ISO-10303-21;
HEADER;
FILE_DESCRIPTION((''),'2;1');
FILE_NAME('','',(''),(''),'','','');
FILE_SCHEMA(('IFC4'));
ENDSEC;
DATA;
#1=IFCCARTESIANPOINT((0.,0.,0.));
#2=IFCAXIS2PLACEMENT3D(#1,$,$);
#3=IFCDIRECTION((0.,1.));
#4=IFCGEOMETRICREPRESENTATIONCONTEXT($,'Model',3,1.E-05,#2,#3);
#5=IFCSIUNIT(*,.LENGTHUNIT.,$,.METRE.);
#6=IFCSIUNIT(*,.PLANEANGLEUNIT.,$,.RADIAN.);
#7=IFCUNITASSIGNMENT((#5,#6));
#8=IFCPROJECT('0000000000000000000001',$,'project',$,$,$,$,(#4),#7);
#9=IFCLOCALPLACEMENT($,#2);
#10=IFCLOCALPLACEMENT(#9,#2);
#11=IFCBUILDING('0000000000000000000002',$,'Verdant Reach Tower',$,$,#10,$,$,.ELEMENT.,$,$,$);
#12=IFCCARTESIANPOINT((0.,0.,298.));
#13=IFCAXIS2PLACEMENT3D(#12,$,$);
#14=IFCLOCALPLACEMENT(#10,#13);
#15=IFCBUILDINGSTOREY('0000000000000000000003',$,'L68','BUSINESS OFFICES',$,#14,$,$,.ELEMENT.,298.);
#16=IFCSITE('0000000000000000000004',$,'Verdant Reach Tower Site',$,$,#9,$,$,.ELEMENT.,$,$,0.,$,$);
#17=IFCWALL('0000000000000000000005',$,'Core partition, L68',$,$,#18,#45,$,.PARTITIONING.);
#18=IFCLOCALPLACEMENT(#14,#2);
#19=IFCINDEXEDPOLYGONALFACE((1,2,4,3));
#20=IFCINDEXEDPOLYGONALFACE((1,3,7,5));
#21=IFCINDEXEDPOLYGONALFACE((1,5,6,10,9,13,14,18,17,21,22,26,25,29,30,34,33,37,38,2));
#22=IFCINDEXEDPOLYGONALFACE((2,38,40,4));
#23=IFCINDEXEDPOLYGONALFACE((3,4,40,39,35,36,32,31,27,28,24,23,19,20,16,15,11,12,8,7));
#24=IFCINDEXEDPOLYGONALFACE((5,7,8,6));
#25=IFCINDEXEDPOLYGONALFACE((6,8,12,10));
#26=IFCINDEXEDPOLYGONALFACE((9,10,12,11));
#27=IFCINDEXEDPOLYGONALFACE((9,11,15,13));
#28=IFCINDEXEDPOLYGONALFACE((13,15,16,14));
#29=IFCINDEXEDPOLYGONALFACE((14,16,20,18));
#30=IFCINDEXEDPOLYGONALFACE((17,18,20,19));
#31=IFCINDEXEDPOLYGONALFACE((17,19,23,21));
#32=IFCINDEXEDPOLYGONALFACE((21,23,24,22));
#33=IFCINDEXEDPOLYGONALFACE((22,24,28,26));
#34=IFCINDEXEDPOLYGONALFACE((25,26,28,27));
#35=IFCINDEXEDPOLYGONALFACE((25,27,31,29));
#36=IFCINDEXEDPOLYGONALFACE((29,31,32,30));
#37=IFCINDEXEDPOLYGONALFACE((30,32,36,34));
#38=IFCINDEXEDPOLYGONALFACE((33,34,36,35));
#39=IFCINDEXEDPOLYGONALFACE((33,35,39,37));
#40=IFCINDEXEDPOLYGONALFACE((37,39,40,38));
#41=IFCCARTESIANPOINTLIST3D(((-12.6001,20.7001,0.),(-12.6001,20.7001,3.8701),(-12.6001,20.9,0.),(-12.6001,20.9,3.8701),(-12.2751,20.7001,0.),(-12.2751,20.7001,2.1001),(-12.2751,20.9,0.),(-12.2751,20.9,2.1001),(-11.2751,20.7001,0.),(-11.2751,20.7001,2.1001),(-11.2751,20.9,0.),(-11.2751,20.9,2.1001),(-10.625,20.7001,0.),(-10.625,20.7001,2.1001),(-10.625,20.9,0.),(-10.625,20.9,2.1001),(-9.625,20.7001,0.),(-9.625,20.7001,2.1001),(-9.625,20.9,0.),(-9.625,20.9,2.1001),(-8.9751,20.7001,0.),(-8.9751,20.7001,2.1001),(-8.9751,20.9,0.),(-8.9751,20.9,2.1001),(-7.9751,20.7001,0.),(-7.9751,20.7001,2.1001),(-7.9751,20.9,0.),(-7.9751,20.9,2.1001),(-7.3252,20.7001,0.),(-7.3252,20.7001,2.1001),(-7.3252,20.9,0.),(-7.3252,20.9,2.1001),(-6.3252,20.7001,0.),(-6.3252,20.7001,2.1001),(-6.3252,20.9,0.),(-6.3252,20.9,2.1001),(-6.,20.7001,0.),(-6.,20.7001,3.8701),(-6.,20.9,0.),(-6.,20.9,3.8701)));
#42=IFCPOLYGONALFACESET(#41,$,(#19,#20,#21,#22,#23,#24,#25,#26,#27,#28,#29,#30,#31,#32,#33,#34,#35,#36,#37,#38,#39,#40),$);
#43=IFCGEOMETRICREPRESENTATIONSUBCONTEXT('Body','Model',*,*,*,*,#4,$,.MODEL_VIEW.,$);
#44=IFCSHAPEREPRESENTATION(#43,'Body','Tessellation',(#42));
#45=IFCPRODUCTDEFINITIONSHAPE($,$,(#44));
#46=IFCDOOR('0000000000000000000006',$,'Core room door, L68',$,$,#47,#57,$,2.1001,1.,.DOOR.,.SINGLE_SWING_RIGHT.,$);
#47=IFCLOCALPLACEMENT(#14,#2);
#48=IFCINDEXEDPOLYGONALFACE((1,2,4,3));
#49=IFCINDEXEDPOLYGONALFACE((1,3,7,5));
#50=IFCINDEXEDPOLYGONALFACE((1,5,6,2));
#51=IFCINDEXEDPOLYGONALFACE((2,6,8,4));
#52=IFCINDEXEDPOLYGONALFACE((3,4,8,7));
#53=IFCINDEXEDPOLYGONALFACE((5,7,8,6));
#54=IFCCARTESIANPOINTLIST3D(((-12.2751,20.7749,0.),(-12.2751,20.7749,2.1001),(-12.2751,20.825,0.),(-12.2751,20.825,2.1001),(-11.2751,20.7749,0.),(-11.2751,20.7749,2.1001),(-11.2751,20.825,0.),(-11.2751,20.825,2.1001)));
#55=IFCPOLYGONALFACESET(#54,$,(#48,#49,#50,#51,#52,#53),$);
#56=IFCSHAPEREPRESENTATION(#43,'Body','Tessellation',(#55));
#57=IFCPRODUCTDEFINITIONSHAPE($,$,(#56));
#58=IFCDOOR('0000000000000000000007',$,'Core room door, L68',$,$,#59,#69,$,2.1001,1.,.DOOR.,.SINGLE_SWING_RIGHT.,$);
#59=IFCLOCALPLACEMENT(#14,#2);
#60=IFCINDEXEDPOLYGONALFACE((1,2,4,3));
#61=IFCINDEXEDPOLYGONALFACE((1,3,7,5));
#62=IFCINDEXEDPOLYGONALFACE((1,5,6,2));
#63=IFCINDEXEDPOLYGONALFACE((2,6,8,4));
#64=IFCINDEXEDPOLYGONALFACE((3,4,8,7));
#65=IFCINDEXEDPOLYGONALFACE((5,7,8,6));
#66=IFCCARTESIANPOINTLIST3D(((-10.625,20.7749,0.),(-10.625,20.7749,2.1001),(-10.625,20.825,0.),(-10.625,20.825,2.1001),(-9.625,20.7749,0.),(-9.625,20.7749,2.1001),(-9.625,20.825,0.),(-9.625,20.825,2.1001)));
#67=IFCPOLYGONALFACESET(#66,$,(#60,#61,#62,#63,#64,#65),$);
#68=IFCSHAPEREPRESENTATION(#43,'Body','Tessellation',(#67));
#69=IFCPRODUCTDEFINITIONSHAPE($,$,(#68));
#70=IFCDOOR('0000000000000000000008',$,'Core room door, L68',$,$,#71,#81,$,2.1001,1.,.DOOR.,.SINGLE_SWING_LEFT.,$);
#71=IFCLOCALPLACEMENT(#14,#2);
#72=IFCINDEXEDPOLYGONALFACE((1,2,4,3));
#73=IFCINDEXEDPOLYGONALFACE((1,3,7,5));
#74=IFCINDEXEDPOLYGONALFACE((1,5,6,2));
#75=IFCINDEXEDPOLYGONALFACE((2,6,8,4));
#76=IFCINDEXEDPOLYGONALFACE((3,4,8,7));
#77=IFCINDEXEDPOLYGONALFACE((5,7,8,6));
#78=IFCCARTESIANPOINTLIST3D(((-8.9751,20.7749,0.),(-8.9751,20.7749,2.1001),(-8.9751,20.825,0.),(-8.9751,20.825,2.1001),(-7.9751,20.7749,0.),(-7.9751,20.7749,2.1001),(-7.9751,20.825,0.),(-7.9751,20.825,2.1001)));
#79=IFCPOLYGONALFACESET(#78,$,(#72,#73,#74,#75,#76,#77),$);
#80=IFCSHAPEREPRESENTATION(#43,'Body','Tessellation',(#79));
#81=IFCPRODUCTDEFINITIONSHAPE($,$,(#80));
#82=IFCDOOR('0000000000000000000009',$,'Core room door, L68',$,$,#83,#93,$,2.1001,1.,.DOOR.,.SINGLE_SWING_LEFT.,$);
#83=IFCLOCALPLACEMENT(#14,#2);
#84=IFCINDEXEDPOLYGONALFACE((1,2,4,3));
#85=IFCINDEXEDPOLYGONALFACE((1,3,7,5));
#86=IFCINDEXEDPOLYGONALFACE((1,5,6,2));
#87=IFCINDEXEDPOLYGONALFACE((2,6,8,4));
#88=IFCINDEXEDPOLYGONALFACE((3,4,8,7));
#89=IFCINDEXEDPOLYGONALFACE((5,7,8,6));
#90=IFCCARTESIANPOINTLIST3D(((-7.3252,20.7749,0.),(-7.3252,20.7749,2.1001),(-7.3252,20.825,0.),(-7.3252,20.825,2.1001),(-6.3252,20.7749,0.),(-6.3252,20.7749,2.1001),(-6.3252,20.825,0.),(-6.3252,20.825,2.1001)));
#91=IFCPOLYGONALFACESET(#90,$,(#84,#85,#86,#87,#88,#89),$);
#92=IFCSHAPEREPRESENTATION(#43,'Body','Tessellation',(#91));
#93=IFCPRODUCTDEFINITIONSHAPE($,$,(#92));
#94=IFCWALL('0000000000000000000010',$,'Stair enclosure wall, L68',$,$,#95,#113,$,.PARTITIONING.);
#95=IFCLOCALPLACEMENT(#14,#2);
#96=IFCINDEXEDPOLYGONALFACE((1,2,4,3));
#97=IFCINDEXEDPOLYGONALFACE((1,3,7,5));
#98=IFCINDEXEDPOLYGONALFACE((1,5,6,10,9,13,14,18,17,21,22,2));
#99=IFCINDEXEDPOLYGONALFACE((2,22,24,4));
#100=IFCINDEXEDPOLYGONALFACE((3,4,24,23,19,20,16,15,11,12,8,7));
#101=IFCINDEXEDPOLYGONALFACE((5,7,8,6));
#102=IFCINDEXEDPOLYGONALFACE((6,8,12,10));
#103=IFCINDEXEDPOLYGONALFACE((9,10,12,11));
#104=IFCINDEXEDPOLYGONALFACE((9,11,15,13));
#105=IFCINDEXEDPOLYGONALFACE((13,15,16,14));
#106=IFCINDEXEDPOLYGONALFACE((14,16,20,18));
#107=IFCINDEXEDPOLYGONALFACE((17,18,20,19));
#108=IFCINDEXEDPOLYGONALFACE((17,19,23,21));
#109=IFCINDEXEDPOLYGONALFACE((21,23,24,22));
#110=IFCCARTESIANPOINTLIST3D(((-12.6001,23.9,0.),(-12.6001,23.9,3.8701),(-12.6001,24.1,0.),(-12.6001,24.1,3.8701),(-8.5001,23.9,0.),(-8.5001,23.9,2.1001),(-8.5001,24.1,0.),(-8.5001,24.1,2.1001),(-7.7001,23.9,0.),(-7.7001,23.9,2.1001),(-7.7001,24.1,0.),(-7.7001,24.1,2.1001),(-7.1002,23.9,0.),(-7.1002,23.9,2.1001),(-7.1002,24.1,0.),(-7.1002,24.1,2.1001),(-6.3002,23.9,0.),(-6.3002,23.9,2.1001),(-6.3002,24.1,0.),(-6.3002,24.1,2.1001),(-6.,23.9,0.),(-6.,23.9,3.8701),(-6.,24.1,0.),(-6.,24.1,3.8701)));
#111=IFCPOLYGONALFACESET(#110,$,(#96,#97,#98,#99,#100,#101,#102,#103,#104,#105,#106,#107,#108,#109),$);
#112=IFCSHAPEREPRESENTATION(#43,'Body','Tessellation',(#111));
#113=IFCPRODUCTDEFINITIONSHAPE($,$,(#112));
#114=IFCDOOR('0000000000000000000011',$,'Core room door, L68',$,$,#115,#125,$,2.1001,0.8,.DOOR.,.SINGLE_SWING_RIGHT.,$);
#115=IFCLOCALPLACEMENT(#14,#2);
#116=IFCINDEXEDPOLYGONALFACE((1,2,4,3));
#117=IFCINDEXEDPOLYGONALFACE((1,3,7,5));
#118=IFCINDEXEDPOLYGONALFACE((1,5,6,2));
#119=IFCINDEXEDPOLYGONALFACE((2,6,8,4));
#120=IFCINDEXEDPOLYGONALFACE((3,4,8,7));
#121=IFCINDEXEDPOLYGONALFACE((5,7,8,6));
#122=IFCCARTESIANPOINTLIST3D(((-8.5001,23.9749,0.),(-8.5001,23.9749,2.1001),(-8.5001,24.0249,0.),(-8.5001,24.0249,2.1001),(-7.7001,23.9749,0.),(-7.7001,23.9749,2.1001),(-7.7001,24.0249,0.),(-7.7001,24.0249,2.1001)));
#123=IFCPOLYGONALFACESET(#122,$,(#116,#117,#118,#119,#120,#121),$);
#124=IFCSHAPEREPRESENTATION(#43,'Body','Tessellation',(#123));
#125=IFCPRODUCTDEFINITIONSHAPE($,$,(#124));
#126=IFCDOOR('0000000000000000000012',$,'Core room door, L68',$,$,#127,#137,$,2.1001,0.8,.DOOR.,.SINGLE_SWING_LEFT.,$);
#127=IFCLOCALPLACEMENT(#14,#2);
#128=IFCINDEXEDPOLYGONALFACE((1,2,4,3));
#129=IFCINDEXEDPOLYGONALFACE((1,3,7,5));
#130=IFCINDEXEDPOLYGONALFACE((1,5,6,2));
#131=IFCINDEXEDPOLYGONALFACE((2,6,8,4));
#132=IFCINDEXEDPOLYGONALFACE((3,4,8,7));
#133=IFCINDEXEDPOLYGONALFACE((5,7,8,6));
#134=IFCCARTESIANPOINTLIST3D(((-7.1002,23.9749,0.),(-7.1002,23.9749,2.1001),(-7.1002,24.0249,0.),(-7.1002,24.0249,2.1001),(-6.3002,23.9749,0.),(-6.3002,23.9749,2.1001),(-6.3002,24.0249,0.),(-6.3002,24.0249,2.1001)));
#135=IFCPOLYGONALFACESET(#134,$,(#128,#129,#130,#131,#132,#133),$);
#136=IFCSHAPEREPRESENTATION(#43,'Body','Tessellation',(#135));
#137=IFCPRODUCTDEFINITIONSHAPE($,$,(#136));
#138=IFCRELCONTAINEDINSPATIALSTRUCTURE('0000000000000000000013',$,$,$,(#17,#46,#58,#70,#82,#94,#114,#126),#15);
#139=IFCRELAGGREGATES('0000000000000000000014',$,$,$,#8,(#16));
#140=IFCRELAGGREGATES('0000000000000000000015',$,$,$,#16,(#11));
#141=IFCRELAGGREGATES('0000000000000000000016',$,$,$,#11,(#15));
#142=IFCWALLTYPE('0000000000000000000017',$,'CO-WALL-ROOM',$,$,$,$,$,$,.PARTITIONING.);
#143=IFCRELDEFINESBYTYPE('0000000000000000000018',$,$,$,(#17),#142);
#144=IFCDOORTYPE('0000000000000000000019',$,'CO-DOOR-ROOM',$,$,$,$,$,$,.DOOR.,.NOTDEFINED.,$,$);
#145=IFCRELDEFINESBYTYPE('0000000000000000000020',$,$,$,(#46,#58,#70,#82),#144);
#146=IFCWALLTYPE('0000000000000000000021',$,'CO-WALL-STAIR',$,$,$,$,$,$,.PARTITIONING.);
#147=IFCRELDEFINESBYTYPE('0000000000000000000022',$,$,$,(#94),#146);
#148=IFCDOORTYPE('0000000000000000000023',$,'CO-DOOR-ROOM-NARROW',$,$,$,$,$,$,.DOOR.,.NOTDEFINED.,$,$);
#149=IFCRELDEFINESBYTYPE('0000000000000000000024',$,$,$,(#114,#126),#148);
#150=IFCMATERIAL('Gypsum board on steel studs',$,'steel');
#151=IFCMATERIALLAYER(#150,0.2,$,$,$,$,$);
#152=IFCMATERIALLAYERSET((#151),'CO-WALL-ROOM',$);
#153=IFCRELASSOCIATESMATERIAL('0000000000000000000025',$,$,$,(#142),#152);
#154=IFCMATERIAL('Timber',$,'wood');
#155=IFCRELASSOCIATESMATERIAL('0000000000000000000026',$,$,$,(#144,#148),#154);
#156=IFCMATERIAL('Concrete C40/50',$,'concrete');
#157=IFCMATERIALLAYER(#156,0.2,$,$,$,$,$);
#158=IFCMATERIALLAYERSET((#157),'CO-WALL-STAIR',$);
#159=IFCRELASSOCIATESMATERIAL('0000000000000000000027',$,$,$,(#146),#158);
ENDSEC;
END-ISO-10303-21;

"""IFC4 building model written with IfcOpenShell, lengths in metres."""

from ifc_helpers import new_model, si_unit, direction, frame, frame_2d, origin, place, context, subcontext, project, spatial, rectangle, extrude, material, layer, layer_set, type_object, element, fill, save


model = new_model("IFC4")

# Units and contexts
model_context = context("Model", 3, precision=1e-05, world=origin(), true_north=direction((0.0, 1.0)))
body_context = subcontext(model_context, "Body", "Model", "MODEL_VIEW")
ifc_project = project(units=[si_unit("LENGTHUNIT", "METRE"), si_unit("PLANEANGLEUNIT", "RADIAN")], contexts=[model_context])

# Site, building, storey
site_placement = place(None, origin())
site = spatial("IfcSite", under=ifc_project, at=site_placement, Name="Verdant Reach Tower Site", CompositionType="ELEMENT", RefElevation=0.0)
building_placement = place(site_placement, origin())
building = spatial("IfcBuilding", under=site, at=building_placement, Name="Verdant Reach Tower", CompositionType="ELEMENT")
storey_placement = place(building_placement, frame((0.0, 0.0, 298.0)))
storey = spatial("IfcBuildingStorey", under=building, at=storey_placement, Name="L68", Description="BUSINESS OFFICES", CompositionType="ELEMENT", Elevation=298.0)

# Walls, openings, doors
ifc_material_1 = material(Name="Gypsum board on steel studs", Category="steel")
ifc_layer_1 = layer(ifc_material_1, 0.2)
ifc_layer_set_1 = layer_set([ifc_layer_1], Name="CO-WALL-ROOM")
wall_type_1 = type_object("IfcWallType", Name="CO-WALL-ROOM", PredefinedType="PARTITIONING", material=ifc_layer_set_1)
wall_1_placement = place(storey_placement, frame((-12.6001, 20.8, 0.0), z_axis=(0.0, 0.0, 1.0), x_axis=(1.0, 0.0, 0.0)))
wall_1 = element("IfcWall", 1, at=wall_1_placement, inside=storey, type_object=wall_type_1, Name="Core partition, L68", PredefinedType="PARTITIONING", context=body_context, shape_type="SweptSolid", body=[
    extrude(rectangle(XDim=6.6001, YDim=0.2, at=frame_2d((3.3, 0.0))), origin(), (0.0, 0.0, 1.0), 3.8701),
])
opening_1_placement = place(wall_1_placement, frame((0.325, 0.0, 0.0)))
opening_1 = element("IfcOpeningElement", 2, at=opening_1_placement, cuts=wall_1, PredefinedType="OPENING", context=body_context, shape_type="SweptSolid", body=[
    extrude(rectangle(XDim=1.0, YDim=2.1001, at=frame_2d((0.5, 1.05))), frame((0.0, 0.1099, 0.0), z_axis=(0.0, -1.0, 0.0), x_axis=(1.0, 0.0, 0.0)), (0.0, 0.0, 1.0), 0.22),
])
opening_2_placement = place(wall_1_placement, frame((1.9751, 0.0, 0.0)))
opening_2 = element("IfcOpeningElement", 3, at=opening_2_placement, cuts=wall_1, PredefinedType="OPENING", context=body_context, shape_type="SweptSolid", body=[
    extrude(rectangle(XDim=1.0, YDim=2.1001, at=frame_2d((0.5, 1.05))), frame((0.0, 0.1099, 0.0), z_axis=(0.0, -1.0, 0.0), x_axis=(1.0, 0.0, 0.0)), (0.0, 0.0, 1.0), 0.22),
])
opening_3_placement = place(wall_1_placement, frame((3.625, 0.0, 0.0)))
opening_3 = element("IfcOpeningElement", 4, at=opening_3_placement, cuts=wall_1, PredefinedType="OPENING", context=body_context, shape_type="SweptSolid", body=[
    extrude(rectangle(XDim=1.0, YDim=2.1001, at=frame_2d((0.5, 1.05))), frame((0.0, 0.1099, 0.0), z_axis=(0.0, -1.0, 0.0), x_axis=(1.0, 0.0, 0.0)), (0.0, 0.0, 1.0), 0.22),
])
opening_4_placement = place(wall_1_placement, frame((5.2749, 0.0, 0.0)))
opening_4 = element("IfcOpeningElement", 5, at=opening_4_placement, cuts=wall_1, PredefinedType="OPENING", context=body_context, shape_type="SweptSolid", body=[
    extrude(rectangle(XDim=1.0, YDim=2.1001, at=frame_2d((0.5, 1.05))), frame((0.0, 0.1099, 0.0), z_axis=(0.0, -1.0, 0.0), x_axis=(1.0, 0.0, 0.0)), (0.0, 0.0, 1.0), 0.22),
])
ifc_material_2 = material(Name="Timber", Category="wood")
door_type_1 = type_object("IfcDoorType", Name="CO-DOOR-ROOM", OperationType="NOTDEFINED", PredefinedType="DOOR", material=ifc_material_2)
door_1_placement = place(opening_1_placement, origin())
door_1 = element("IfcDoor", 6, at=door_1_placement, inside=storey, type_object=door_type_1, Name="Core room door, L68", OperationType="SINGLE_SWING_RIGHT", OverallHeight=2.1001, OverallWidth=1.0, PredefinedType="DOOR", context=body_context, shape_type="SweptSolid", body=[
    extrude(rectangle(XDim=1.0, YDim=2.1001, at=frame_2d((0.5, 1.05))), frame((0.0, 0.0249, 0.0), z_axis=(0.0, -1.0, 0.0), x_axis=(1.0, 0.0, 0.0)), (0.0, 0.0, 1.0), 0.05),
])
fill(opening_1, door_1)
door_2_placement = place(opening_2_placement, origin())
door_2 = element("IfcDoor", 7, at=door_2_placement, inside=storey, type_object=door_type_1, Name="Core room door, L68", OperationType="SINGLE_SWING_RIGHT", OverallHeight=2.1001, OverallWidth=1.0, PredefinedType="DOOR", context=body_context, shape_type="SweptSolid", body=[
    extrude(rectangle(XDim=1.0, YDim=2.1001, at=frame_2d((0.5, 1.05))), frame((0.0, 0.0249, 0.0), z_axis=(0.0, -1.0, 0.0), x_axis=(1.0, 0.0, 0.0)), (0.0, 0.0, 1.0), 0.05),
])
fill(opening_2, door_2)
door_3_placement = place(opening_3_placement, origin())
door_3 = element("IfcDoor", 8, at=door_3_placement, inside=storey, type_object=door_type_1, Name="Core room door, L68", OperationType="SINGLE_SWING_LEFT", OverallHeight=2.1001, OverallWidth=1.0, PredefinedType="DOOR", context=body_context, shape_type="SweptSolid", body=[
    extrude(rectangle(XDim=1.0, YDim=2.1001, at=frame_2d((0.5, 1.05))), frame((0.0, 0.0249, 0.0), z_axis=(0.0, -1.0, 0.0), x_axis=(1.0, 0.0, 0.0)), (0.0, 0.0, 1.0), 0.05),
])
fill(opening_3, door_3)
door_4_placement = place(opening_4_placement, origin())
door_4 = element("IfcDoor", 9, at=door_4_placement, inside=storey, type_object=door_type_1, Name="Core room door, L68", OperationType="SINGLE_SWING_LEFT", OverallHeight=2.1001, OverallWidth=1.0, PredefinedType="DOOR", context=body_context, shape_type="SweptSolid", body=[
    extrude(rectangle(XDim=1.0, YDim=2.1001, at=frame_2d((0.5, 1.05))), frame((0.0, 0.0249, 0.0), z_axis=(0.0, -1.0, 0.0), x_axis=(1.0, 0.0, 0.0)), (0.0, 0.0, 1.0), 0.05),
])
fill(opening_4, door_4)
ifc_material_3 = material(Name="Concrete C40/50", Category="concrete")
ifc_layer_2 = layer(ifc_material_3, 0.2)
ifc_layer_set_2 = layer_set([ifc_layer_2], Name="CO-WALL-STAIR")
wall_type_2 = type_object("IfcWallType", Name="CO-WALL-STAIR", PredefinedType="PARTITIONING", material=ifc_layer_set_2)
wall_2_placement = place(storey_placement, frame((-12.6001, 24.0, 0.0), z_axis=(0.0, 0.0, 1.0), x_axis=(1.0, 0.0, 0.0)))
wall_2 = element("IfcWall", 10, at=wall_2_placement, inside=storey, type_object=wall_type_2, Name="Stair enclosure wall, L68", PredefinedType="PARTITIONING", context=body_context, shape_type="SweptSolid", body=[
    extrude(rectangle(XDim=6.6001, YDim=0.2, at=frame_2d((3.3, 0.0))), origin(), (0.0, 0.0, 1.0), 3.8701),
])
opening_5_placement = place(wall_2_placement, frame((4.1001, 0.0, 0.0)))
opening_5 = element("IfcOpeningElement", 11, at=opening_5_placement, cuts=wall_2, PredefinedType="OPENING", context=body_context, shape_type="SweptSolid", body=[
    extrude(rectangle(XDim=0.8, YDim=2.1001, at=frame_2d((0.3999, 1.05))), frame((0.0, 0.1099, 0.0), z_axis=(0.0, -1.0, 0.0), x_axis=(1.0, 0.0, 0.0)), (0.0, 0.0, 1.0), 0.22),
])
opening_6_placement = place(wall_2_placement, frame((5.5, 0.0, 0.0)))
opening_6 = element("IfcOpeningElement", 12, at=opening_6_placement, cuts=wall_2, PredefinedType="OPENING", context=body_context, shape_type="SweptSolid", body=[
    extrude(rectangle(XDim=0.8, YDim=2.1001, at=frame_2d((0.3999, 1.05))), frame((0.0, 0.1099, 0.0), z_axis=(0.0, -1.0, 0.0), x_axis=(1.0, 0.0, 0.0)), (0.0, 0.0, 1.0), 0.22),
])
door_type_2 = type_object("IfcDoorType", Name="CO-DOOR-ROOM-NARROW", OperationType="NOTDEFINED", PredefinedType="DOOR", material=ifc_material_2)
door_5_placement = place(opening_5_placement, origin())
door_5 = element("IfcDoor", 13, at=door_5_placement, inside=storey, type_object=door_type_2, Name="Core room door, L68", OperationType="SINGLE_SWING_RIGHT", OverallHeight=2.1001, OverallWidth=0.8, PredefinedType="DOOR", context=body_context, shape_type="SweptSolid", body=[
    extrude(rectangle(XDim=0.8, YDim=2.1001, at=frame_2d((0.3999, 1.05))), frame((0.0, 0.0249, 0.0), z_axis=(0.0, -1.0, 0.0), x_axis=(1.0, 0.0, 0.0)), (0.0, 0.0, 1.0), 0.05),
])
fill(opening_5, door_5)
door_6_placement = place(opening_6_placement, origin())
door_6 = element("IfcDoor", 14, at=door_6_placement, inside=storey, type_object=door_type_2, Name="Core room door, L68", OperationType="SINGLE_SWING_LEFT", OverallHeight=2.1001, OverallWidth=0.8, PredefinedType="DOOR", context=body_context, shape_type="SweptSolid", body=[
    extrude(rectangle(XDim=0.8, YDim=2.1001, at=frame_2d((0.3999, 1.05))), frame((0.0, 0.0249, 0.0), z_axis=(0.0, -1.0, 0.0), x_axis=(1.0, 0.0, 0.0)), (0.0, 0.0, 1.0), 0.05),
])
fill(opening_6, door_6)

save(model, "model.ifc")
